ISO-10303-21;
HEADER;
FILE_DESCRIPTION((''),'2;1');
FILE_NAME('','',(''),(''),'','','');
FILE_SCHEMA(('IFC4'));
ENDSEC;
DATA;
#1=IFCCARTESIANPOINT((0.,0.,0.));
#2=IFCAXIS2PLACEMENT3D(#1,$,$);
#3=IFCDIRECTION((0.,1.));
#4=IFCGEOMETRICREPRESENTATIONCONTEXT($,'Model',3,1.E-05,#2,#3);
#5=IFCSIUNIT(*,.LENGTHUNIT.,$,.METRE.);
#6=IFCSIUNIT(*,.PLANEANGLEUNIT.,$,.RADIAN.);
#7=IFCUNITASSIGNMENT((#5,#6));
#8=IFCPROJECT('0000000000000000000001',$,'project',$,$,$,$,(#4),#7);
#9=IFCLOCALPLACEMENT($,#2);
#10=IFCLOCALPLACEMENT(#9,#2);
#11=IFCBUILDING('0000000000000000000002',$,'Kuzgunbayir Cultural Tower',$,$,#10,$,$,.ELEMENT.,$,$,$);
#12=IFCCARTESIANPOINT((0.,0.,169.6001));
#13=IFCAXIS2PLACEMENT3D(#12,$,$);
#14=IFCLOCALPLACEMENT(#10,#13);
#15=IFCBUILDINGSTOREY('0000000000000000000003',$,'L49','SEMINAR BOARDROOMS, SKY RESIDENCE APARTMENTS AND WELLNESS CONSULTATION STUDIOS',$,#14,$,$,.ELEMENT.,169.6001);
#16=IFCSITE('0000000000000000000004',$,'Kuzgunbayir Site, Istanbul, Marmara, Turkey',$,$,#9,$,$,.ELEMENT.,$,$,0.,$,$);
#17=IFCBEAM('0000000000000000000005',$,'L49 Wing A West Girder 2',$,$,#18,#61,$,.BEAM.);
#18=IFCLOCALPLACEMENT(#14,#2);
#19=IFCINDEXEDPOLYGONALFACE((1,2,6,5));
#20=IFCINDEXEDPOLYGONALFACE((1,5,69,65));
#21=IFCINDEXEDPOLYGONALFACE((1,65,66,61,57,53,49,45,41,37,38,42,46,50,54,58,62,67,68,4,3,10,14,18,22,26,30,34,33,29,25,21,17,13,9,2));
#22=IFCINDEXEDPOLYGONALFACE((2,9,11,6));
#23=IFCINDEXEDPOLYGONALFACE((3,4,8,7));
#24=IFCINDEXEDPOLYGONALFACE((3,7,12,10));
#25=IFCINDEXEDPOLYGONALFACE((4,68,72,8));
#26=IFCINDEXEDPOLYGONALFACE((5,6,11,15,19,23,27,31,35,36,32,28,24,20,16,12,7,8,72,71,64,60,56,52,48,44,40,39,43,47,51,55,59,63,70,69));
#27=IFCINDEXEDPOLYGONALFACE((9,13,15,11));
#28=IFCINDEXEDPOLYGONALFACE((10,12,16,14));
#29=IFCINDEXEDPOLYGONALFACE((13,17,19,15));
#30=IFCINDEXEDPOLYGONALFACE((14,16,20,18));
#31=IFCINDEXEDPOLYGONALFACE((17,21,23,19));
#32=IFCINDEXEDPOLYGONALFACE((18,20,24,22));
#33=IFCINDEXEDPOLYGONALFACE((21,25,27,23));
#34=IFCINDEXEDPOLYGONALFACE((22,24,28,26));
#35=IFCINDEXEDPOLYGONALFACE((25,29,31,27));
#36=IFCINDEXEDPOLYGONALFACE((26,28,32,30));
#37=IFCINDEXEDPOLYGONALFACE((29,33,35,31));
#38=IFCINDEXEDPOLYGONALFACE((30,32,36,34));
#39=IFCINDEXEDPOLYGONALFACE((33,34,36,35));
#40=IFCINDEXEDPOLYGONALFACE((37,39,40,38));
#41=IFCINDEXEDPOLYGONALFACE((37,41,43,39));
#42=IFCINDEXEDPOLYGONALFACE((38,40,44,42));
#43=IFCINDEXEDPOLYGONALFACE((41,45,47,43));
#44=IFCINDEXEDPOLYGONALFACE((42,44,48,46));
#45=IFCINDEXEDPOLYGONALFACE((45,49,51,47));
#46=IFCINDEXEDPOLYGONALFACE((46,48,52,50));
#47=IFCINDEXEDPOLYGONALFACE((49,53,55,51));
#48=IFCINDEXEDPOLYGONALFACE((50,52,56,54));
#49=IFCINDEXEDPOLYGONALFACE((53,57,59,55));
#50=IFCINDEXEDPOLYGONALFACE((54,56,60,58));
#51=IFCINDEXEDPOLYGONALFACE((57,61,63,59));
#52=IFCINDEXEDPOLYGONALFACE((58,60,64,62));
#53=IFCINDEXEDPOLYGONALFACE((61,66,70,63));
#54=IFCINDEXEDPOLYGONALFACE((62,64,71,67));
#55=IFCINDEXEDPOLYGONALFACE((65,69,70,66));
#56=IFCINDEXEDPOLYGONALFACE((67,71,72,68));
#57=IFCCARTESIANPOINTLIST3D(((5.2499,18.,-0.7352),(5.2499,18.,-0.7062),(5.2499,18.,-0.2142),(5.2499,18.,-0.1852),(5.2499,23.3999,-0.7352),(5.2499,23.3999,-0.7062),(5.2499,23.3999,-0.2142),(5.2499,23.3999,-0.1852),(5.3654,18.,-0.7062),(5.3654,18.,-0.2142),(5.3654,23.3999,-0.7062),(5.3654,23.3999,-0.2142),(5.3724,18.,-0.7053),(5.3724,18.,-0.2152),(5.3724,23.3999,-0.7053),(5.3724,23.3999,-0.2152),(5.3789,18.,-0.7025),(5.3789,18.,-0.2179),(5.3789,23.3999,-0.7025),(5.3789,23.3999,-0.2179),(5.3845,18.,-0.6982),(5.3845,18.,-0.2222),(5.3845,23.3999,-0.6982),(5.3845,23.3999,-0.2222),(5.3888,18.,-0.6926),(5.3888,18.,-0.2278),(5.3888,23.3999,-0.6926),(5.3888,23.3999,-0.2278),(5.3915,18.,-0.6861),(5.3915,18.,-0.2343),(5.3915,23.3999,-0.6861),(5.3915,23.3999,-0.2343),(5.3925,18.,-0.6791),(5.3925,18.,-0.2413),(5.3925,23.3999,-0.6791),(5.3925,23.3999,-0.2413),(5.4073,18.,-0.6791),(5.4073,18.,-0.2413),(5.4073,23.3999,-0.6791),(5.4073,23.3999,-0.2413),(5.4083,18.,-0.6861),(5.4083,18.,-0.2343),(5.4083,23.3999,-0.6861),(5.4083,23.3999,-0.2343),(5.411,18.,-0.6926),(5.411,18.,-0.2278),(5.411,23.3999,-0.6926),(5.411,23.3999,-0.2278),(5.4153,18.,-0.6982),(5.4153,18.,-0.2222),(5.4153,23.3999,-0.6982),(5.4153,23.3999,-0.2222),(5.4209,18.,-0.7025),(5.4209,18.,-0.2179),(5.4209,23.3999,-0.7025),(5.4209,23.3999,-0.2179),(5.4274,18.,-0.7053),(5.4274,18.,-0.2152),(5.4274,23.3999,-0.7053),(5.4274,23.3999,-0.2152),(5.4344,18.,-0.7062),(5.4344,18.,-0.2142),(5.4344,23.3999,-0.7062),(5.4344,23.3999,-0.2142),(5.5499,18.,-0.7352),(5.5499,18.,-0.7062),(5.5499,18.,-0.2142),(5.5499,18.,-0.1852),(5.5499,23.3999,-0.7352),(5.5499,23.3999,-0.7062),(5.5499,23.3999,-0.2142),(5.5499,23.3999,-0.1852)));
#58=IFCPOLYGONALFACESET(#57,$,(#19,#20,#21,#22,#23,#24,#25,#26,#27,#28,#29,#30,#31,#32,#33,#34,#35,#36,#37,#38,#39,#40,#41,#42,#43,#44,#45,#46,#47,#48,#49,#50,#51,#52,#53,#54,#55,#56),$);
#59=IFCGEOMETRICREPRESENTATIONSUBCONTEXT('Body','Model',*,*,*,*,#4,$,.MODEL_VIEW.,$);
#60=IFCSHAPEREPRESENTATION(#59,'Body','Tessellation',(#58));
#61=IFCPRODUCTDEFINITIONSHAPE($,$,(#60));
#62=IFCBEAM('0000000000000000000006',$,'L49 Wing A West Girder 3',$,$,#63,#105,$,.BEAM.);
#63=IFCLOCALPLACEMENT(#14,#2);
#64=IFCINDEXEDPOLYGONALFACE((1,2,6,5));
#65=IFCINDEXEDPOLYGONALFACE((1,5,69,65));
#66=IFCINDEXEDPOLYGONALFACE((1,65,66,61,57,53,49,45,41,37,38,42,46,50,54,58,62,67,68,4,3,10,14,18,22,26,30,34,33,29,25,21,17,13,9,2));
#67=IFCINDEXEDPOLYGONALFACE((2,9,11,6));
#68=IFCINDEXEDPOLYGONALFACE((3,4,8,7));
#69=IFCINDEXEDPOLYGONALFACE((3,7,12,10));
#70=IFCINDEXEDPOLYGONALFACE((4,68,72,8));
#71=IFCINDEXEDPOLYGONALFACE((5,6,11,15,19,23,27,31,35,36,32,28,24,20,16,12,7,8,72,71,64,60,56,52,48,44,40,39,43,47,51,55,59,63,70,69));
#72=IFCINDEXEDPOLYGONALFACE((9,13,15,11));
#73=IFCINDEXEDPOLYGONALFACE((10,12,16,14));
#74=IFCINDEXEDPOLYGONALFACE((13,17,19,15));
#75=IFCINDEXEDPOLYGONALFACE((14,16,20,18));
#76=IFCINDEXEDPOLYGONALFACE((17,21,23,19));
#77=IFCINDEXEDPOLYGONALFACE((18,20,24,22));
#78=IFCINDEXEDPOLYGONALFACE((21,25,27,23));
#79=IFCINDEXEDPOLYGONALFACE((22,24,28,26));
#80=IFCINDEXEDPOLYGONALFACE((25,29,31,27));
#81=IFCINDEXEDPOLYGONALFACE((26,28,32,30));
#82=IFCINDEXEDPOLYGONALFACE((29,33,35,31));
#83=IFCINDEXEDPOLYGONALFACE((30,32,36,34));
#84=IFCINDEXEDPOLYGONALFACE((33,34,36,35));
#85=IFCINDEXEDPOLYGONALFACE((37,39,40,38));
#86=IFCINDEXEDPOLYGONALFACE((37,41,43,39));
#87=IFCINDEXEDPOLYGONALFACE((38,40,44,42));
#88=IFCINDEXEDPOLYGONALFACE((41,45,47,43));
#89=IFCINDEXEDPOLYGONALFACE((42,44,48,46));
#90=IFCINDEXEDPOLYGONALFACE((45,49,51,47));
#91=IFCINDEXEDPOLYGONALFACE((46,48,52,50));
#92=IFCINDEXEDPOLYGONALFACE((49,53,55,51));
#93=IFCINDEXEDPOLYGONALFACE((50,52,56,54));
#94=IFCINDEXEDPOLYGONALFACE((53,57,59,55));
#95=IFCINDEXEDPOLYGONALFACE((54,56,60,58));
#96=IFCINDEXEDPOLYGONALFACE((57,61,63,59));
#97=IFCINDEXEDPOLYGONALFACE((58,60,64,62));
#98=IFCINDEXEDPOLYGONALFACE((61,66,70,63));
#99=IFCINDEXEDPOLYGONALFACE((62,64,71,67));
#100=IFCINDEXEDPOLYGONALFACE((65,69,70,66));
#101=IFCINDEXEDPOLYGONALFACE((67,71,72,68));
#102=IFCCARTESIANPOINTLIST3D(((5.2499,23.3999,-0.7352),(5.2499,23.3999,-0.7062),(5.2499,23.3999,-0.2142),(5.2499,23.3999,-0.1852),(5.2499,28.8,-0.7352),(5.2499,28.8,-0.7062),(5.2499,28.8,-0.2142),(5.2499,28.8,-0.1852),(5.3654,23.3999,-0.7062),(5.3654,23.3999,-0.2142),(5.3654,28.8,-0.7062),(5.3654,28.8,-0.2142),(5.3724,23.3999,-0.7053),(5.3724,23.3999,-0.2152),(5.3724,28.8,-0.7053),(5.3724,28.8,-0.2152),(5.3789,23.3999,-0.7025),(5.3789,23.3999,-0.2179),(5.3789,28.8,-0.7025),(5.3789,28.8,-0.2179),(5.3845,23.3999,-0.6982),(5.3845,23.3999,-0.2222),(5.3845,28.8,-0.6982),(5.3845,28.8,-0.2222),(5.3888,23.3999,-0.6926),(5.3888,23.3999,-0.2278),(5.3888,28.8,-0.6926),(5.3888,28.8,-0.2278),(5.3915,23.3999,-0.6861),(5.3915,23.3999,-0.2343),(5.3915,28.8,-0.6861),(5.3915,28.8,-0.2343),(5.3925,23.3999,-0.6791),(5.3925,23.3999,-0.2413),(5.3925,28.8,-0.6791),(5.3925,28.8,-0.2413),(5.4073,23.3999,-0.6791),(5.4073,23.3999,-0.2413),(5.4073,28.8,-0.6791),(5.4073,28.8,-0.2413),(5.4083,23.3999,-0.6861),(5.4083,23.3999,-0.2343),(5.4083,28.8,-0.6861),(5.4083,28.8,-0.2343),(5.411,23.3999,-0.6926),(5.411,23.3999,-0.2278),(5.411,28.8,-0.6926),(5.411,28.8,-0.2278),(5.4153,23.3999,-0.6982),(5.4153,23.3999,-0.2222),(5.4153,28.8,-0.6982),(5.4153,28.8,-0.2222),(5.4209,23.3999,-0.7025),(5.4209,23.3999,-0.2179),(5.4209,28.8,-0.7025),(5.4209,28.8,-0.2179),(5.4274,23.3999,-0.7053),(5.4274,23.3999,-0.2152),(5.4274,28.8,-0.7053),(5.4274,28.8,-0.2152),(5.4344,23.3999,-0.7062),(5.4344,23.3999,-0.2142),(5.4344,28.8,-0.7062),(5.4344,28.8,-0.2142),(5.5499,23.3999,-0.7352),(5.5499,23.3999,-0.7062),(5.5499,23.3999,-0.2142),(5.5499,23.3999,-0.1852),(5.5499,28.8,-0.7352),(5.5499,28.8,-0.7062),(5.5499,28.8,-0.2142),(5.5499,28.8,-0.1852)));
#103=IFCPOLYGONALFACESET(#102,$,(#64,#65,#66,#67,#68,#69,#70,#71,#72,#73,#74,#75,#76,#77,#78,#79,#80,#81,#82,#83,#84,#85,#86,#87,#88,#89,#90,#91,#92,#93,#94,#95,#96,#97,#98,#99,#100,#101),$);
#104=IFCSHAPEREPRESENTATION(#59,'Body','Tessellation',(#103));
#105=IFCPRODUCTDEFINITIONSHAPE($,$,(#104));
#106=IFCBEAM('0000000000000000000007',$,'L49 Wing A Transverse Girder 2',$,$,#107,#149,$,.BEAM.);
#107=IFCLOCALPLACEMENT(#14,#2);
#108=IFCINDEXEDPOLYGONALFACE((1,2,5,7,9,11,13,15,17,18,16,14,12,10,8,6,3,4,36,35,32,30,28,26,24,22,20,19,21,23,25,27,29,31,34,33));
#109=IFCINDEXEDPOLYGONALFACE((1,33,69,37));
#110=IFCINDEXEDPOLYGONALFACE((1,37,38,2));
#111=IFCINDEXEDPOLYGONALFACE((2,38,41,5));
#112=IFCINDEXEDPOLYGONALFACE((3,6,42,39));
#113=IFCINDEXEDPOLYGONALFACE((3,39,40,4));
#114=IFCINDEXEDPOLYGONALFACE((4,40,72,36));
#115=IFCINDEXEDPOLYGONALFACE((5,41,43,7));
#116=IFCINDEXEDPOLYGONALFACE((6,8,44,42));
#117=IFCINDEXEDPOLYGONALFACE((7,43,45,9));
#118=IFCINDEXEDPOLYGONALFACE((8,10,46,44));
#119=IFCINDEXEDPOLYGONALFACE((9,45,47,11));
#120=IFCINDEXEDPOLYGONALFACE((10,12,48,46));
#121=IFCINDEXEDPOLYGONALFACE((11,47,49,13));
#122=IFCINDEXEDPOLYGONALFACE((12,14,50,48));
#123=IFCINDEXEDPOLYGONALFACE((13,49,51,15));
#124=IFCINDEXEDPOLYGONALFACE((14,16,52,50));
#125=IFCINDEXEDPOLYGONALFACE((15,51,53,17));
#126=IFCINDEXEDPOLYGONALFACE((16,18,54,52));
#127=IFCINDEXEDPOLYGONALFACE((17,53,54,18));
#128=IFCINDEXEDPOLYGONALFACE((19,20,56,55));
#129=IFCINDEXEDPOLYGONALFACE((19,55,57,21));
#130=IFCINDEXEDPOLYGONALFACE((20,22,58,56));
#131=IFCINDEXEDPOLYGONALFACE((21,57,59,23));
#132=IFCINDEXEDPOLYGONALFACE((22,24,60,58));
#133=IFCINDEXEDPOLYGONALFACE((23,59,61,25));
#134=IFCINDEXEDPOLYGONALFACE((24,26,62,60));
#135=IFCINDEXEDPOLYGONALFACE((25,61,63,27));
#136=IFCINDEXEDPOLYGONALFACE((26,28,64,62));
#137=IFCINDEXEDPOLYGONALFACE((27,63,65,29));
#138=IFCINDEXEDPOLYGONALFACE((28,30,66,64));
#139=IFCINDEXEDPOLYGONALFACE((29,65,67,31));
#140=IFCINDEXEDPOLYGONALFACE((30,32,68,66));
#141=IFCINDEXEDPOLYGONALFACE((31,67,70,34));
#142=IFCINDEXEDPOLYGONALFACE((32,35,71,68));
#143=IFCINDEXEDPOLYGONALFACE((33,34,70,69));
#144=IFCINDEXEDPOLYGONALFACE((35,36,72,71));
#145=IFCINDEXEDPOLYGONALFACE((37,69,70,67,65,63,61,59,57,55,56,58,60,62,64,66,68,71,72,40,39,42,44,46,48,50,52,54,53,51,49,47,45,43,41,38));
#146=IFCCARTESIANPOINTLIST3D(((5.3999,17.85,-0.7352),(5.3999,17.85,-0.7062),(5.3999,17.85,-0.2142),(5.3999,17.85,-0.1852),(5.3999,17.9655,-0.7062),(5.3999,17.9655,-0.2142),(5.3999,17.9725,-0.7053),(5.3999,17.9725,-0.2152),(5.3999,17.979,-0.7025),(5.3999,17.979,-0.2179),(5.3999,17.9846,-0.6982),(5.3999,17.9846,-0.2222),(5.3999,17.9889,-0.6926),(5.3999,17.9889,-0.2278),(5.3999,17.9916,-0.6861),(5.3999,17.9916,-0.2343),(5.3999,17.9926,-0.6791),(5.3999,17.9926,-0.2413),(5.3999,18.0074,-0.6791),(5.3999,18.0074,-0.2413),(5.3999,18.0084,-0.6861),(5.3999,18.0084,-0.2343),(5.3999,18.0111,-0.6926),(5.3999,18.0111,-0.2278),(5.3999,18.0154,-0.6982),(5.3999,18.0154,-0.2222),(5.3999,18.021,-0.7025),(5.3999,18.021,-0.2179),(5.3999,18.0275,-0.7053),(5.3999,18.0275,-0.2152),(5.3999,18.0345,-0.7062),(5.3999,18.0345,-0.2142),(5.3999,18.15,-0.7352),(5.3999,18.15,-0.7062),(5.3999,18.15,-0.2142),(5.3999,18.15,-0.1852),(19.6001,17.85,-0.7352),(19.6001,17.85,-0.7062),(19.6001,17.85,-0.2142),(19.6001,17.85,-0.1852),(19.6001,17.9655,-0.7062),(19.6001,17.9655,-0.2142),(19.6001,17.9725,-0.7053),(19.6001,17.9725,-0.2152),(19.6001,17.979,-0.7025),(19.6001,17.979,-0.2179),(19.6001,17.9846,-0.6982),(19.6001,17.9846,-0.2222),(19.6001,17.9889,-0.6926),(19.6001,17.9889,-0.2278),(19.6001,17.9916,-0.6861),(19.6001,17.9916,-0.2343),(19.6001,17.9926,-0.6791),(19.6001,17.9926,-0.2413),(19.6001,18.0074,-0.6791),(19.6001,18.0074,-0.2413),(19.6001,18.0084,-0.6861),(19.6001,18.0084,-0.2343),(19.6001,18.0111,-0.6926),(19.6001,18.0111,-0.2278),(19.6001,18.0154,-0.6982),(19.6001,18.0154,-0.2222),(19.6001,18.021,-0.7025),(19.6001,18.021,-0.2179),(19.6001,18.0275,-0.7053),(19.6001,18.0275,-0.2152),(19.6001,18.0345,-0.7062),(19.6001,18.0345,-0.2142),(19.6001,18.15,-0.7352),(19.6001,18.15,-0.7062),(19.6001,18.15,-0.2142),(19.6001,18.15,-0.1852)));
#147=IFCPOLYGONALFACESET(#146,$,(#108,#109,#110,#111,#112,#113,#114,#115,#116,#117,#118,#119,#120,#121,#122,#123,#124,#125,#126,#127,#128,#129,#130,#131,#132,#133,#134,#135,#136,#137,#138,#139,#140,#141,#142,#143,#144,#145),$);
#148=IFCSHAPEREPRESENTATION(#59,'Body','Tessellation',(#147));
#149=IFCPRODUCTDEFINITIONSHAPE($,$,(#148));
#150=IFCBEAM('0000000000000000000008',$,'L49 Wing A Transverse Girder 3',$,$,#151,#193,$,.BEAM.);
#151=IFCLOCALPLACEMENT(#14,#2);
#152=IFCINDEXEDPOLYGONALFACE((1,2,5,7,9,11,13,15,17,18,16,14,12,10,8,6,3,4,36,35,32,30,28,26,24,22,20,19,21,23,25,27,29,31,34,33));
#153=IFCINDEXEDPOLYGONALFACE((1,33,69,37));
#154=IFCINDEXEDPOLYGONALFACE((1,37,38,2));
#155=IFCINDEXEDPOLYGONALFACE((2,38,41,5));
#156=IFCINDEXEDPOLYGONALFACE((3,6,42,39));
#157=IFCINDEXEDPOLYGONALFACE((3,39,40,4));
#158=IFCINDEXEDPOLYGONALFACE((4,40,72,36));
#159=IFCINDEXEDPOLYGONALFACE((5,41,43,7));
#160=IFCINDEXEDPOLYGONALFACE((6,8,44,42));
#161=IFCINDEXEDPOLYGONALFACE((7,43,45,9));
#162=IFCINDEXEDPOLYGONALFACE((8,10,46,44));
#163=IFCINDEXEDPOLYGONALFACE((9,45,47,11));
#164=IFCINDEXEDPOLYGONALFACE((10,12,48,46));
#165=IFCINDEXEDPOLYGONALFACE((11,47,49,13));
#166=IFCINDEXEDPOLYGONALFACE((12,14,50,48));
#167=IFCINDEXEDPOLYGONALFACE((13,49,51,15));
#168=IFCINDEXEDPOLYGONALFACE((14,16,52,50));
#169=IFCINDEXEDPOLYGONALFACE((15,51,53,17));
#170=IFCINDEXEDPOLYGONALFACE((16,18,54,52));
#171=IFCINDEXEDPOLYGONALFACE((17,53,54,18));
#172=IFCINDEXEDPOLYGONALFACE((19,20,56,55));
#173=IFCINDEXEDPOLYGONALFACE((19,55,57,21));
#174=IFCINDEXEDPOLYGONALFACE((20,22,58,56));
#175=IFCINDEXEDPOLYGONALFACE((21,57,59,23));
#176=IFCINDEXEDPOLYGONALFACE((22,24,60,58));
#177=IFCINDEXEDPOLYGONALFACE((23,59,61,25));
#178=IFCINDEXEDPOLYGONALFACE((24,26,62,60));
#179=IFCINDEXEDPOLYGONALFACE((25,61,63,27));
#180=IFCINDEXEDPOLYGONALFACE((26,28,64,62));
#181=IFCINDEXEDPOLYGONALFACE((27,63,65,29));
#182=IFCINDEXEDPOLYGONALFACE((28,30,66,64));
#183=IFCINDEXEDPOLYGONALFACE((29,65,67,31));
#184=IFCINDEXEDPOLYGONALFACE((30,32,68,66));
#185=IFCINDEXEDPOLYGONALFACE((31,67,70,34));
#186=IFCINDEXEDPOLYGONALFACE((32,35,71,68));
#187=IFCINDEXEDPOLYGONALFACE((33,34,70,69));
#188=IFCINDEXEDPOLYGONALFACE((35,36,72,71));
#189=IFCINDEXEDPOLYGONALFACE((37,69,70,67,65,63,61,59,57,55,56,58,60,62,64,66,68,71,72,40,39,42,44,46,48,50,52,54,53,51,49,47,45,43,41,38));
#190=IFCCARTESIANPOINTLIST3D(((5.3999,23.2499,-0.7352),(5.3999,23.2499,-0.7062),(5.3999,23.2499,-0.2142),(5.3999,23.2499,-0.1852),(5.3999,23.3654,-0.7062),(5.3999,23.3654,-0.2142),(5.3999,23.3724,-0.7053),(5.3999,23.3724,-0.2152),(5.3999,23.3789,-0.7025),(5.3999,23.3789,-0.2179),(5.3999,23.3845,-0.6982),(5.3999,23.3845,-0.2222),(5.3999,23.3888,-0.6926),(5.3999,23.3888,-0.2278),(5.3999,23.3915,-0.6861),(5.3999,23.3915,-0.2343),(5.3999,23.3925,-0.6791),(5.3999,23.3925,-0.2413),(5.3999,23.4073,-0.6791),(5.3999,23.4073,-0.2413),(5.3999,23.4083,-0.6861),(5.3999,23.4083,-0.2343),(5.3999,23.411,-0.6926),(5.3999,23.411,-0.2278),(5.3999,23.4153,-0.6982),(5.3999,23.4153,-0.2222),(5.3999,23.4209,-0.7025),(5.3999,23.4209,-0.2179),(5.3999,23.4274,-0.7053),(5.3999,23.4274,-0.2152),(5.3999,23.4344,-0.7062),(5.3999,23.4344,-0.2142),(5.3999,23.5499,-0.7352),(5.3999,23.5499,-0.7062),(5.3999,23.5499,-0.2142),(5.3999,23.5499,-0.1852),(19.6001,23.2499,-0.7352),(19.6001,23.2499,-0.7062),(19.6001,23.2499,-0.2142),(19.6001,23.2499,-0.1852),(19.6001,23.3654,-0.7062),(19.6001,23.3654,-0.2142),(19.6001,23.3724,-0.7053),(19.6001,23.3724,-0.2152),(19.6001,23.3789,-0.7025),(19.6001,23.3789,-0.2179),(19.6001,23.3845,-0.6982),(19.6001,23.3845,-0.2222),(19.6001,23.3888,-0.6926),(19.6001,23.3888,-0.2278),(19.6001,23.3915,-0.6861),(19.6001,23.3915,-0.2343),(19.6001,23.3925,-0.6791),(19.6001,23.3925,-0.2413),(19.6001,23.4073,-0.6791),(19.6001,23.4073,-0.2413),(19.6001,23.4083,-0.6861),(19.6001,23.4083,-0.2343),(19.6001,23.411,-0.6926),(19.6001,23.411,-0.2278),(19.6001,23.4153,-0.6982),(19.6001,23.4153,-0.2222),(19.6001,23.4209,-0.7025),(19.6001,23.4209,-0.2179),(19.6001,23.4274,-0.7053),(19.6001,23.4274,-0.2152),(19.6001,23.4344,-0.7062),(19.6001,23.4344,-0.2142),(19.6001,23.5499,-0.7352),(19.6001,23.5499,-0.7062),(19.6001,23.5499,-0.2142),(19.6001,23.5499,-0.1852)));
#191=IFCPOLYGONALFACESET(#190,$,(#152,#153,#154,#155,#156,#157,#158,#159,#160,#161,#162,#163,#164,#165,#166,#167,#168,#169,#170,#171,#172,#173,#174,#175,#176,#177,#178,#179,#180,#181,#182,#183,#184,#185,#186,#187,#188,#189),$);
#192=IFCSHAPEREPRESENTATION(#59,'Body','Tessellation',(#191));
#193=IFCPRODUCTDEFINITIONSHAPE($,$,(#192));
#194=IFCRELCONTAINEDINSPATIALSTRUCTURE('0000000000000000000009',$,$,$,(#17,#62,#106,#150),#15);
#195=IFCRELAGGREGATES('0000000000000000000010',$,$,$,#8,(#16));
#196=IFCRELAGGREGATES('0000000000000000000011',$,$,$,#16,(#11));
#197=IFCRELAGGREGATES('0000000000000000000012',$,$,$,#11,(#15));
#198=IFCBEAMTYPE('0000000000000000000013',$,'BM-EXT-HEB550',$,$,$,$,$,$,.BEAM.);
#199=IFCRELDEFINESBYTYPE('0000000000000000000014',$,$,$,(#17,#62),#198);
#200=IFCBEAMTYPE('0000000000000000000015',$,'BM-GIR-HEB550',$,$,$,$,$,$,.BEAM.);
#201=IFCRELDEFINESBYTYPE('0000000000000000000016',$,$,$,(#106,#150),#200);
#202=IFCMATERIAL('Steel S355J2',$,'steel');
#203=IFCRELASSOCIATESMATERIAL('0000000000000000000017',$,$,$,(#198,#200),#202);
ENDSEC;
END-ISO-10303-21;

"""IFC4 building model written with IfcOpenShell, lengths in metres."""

from ifc_helpers import new_model, si_unit, direction, frame, origin, origin_2d, place, context, subcontext, project, spatial, i_section, extrude, material, material_profile, profile_set, type_object, element, save


model = new_model("IFC4")

# Units and contexts
model_context = context("Model", 3, precision=1e-05, world=origin(), true_north=direction((0.0, 1.0)))
body_context = subcontext(model_context, "Body", "Model", "MODEL_VIEW")
ifc_project = project(units=[si_unit("LENGTHUNIT", "METRE"), si_unit("PLANEANGLEUNIT", "RADIAN")], contexts=[model_context])

# Site, building, storey
site_placement = place(None, origin())
site = spatial("IfcSite", under=ifc_project, at=site_placement, Name="Kuzgunbayir Site, Istanbul, Marmara, Turkey", CompositionType="ELEMENT", RefElevation=0.0)
building_placement = place(site_placement, origin())
building = spatial("IfcBuilding", under=site, at=building_placement, Name="Kuzgunbayir Cultural Tower", CompositionType="ELEMENT")
storey_placement = place(building_placement, frame((0.0, 0.0, 169.6001)))
storey = spatial("IfcBuildingStorey", under=building, at=storey_placement, Name="L49", Description="SEMINAR BOARDROOMS, SKY RESIDENCE APARTMENTS AND WELLNESS CONSULTATION STUDIOS", CompositionType="ELEMENT", Elevation=169.6001)

# Beams
ifc_material_1 = material(Name="Steel S355J2", Category="steel")
ifc_material_profile_1 = material_profile(ifc_material_1, i_section(OverallWidth=0.3, OverallDepth=0.55, WebThickness=0.0149, FlangeThickness=0.0291, FilletRadius=0.0271, at=origin_2d()), Name="HEB 550")
ifc_profile_set_1 = profile_set([ifc_material_profile_1], Name="Steel S355J2")
beam_type_1 = type_object("IfcBeamType", Name="BM-EXT-HEB550", PredefinedType="BEAM", material=ifc_profile_set_1)
beam_1_placement = place(storey_placement, frame((5.3999, 18.0, -0.4602), z_axis=(0.0, 1.0, 0.0), x_axis=(-1.0, 0.0, 0.0)))
element("IfcBeam", 1, at=beam_1_placement, inside=storey, type_object=beam_type_1, Name="L49 Wing A West Girder 2", PredefinedType="BEAM", context=body_context, shape_type="SweptSolid", body=[
    extrude(i_section(OverallWidth=0.3, OverallDepth=0.55, WebThickness=0.0149, FlangeThickness=0.0291, FilletRadius=0.0271, at=origin_2d()), origin(), (0.0, 0.0, 1.0), 5.3999),
])
beam_2_placement = place(storey_placement, frame((5.3999, 23.3999, -0.4602), z_axis=(0.0, 1.0, 0.0), x_axis=(-1.0, 0.0, 0.0)))
element("IfcBeam", 2, at=beam_2_placement, inside=storey, type_object=beam_type_1, Name="L49 Wing A West Girder 3", PredefinedType="BEAM", context=body_context, shape_type="SweptSolid", body=[
    extrude(i_section(OverallWidth=0.3, OverallDepth=0.55, WebThickness=0.0149, FlangeThickness=0.0291, FilletRadius=0.0271, at=origin_2d()), origin(), (0.0, 0.0, 1.0), 5.4001),
])
ifc_material_profile_2 = material_profile(ifc_material_1, i_section(OverallWidth=0.3, OverallDepth=0.55, WebThickness=0.0149, FlangeThickness=0.0291, FilletRadius=0.0271, at=origin_2d()), Name="HEB 550")
ifc_profile_set_2 = profile_set([ifc_material_profile_2], Name="Steel S355J2")
beam_type_2 = type_object("IfcBeamType", Name="BM-GIR-HEB550", PredefinedType="BEAM", material=ifc_profile_set_2)
for number, where, z_axis, x_axis, name in (
    (3, (5.3999, 18.0, -0.4602), (1.0, 0.0, 0.0), (0.0, 1.0, 0.0), "L49 Wing A Transverse Girder 2"),
    (4, (5.3999, 23.3999, -0.4602), (1.0, 0.0, 0.0), (0.0, 1.0, 0.0), "L49 Wing A Transverse Girder 3"),
):
    element("IfcBeam", number, at=place(storey_placement, frame(where, z_axis=z_axis, x_axis=x_axis)), inside=storey, type_object=beam_type_2, Name=name, PredefinedType="BEAM", context=body_context, shape_type="SweptSolid", body=[
        extrude(i_section(OverallWidth=0.3, OverallDepth=0.55, WebThickness=0.0149, FlangeThickness=0.0291, FilletRadius=0.0271, at=origin_2d()), origin(), (0.0, 0.0, 1.0), 14.2002),
    ])

save(model, "model.ifc")
